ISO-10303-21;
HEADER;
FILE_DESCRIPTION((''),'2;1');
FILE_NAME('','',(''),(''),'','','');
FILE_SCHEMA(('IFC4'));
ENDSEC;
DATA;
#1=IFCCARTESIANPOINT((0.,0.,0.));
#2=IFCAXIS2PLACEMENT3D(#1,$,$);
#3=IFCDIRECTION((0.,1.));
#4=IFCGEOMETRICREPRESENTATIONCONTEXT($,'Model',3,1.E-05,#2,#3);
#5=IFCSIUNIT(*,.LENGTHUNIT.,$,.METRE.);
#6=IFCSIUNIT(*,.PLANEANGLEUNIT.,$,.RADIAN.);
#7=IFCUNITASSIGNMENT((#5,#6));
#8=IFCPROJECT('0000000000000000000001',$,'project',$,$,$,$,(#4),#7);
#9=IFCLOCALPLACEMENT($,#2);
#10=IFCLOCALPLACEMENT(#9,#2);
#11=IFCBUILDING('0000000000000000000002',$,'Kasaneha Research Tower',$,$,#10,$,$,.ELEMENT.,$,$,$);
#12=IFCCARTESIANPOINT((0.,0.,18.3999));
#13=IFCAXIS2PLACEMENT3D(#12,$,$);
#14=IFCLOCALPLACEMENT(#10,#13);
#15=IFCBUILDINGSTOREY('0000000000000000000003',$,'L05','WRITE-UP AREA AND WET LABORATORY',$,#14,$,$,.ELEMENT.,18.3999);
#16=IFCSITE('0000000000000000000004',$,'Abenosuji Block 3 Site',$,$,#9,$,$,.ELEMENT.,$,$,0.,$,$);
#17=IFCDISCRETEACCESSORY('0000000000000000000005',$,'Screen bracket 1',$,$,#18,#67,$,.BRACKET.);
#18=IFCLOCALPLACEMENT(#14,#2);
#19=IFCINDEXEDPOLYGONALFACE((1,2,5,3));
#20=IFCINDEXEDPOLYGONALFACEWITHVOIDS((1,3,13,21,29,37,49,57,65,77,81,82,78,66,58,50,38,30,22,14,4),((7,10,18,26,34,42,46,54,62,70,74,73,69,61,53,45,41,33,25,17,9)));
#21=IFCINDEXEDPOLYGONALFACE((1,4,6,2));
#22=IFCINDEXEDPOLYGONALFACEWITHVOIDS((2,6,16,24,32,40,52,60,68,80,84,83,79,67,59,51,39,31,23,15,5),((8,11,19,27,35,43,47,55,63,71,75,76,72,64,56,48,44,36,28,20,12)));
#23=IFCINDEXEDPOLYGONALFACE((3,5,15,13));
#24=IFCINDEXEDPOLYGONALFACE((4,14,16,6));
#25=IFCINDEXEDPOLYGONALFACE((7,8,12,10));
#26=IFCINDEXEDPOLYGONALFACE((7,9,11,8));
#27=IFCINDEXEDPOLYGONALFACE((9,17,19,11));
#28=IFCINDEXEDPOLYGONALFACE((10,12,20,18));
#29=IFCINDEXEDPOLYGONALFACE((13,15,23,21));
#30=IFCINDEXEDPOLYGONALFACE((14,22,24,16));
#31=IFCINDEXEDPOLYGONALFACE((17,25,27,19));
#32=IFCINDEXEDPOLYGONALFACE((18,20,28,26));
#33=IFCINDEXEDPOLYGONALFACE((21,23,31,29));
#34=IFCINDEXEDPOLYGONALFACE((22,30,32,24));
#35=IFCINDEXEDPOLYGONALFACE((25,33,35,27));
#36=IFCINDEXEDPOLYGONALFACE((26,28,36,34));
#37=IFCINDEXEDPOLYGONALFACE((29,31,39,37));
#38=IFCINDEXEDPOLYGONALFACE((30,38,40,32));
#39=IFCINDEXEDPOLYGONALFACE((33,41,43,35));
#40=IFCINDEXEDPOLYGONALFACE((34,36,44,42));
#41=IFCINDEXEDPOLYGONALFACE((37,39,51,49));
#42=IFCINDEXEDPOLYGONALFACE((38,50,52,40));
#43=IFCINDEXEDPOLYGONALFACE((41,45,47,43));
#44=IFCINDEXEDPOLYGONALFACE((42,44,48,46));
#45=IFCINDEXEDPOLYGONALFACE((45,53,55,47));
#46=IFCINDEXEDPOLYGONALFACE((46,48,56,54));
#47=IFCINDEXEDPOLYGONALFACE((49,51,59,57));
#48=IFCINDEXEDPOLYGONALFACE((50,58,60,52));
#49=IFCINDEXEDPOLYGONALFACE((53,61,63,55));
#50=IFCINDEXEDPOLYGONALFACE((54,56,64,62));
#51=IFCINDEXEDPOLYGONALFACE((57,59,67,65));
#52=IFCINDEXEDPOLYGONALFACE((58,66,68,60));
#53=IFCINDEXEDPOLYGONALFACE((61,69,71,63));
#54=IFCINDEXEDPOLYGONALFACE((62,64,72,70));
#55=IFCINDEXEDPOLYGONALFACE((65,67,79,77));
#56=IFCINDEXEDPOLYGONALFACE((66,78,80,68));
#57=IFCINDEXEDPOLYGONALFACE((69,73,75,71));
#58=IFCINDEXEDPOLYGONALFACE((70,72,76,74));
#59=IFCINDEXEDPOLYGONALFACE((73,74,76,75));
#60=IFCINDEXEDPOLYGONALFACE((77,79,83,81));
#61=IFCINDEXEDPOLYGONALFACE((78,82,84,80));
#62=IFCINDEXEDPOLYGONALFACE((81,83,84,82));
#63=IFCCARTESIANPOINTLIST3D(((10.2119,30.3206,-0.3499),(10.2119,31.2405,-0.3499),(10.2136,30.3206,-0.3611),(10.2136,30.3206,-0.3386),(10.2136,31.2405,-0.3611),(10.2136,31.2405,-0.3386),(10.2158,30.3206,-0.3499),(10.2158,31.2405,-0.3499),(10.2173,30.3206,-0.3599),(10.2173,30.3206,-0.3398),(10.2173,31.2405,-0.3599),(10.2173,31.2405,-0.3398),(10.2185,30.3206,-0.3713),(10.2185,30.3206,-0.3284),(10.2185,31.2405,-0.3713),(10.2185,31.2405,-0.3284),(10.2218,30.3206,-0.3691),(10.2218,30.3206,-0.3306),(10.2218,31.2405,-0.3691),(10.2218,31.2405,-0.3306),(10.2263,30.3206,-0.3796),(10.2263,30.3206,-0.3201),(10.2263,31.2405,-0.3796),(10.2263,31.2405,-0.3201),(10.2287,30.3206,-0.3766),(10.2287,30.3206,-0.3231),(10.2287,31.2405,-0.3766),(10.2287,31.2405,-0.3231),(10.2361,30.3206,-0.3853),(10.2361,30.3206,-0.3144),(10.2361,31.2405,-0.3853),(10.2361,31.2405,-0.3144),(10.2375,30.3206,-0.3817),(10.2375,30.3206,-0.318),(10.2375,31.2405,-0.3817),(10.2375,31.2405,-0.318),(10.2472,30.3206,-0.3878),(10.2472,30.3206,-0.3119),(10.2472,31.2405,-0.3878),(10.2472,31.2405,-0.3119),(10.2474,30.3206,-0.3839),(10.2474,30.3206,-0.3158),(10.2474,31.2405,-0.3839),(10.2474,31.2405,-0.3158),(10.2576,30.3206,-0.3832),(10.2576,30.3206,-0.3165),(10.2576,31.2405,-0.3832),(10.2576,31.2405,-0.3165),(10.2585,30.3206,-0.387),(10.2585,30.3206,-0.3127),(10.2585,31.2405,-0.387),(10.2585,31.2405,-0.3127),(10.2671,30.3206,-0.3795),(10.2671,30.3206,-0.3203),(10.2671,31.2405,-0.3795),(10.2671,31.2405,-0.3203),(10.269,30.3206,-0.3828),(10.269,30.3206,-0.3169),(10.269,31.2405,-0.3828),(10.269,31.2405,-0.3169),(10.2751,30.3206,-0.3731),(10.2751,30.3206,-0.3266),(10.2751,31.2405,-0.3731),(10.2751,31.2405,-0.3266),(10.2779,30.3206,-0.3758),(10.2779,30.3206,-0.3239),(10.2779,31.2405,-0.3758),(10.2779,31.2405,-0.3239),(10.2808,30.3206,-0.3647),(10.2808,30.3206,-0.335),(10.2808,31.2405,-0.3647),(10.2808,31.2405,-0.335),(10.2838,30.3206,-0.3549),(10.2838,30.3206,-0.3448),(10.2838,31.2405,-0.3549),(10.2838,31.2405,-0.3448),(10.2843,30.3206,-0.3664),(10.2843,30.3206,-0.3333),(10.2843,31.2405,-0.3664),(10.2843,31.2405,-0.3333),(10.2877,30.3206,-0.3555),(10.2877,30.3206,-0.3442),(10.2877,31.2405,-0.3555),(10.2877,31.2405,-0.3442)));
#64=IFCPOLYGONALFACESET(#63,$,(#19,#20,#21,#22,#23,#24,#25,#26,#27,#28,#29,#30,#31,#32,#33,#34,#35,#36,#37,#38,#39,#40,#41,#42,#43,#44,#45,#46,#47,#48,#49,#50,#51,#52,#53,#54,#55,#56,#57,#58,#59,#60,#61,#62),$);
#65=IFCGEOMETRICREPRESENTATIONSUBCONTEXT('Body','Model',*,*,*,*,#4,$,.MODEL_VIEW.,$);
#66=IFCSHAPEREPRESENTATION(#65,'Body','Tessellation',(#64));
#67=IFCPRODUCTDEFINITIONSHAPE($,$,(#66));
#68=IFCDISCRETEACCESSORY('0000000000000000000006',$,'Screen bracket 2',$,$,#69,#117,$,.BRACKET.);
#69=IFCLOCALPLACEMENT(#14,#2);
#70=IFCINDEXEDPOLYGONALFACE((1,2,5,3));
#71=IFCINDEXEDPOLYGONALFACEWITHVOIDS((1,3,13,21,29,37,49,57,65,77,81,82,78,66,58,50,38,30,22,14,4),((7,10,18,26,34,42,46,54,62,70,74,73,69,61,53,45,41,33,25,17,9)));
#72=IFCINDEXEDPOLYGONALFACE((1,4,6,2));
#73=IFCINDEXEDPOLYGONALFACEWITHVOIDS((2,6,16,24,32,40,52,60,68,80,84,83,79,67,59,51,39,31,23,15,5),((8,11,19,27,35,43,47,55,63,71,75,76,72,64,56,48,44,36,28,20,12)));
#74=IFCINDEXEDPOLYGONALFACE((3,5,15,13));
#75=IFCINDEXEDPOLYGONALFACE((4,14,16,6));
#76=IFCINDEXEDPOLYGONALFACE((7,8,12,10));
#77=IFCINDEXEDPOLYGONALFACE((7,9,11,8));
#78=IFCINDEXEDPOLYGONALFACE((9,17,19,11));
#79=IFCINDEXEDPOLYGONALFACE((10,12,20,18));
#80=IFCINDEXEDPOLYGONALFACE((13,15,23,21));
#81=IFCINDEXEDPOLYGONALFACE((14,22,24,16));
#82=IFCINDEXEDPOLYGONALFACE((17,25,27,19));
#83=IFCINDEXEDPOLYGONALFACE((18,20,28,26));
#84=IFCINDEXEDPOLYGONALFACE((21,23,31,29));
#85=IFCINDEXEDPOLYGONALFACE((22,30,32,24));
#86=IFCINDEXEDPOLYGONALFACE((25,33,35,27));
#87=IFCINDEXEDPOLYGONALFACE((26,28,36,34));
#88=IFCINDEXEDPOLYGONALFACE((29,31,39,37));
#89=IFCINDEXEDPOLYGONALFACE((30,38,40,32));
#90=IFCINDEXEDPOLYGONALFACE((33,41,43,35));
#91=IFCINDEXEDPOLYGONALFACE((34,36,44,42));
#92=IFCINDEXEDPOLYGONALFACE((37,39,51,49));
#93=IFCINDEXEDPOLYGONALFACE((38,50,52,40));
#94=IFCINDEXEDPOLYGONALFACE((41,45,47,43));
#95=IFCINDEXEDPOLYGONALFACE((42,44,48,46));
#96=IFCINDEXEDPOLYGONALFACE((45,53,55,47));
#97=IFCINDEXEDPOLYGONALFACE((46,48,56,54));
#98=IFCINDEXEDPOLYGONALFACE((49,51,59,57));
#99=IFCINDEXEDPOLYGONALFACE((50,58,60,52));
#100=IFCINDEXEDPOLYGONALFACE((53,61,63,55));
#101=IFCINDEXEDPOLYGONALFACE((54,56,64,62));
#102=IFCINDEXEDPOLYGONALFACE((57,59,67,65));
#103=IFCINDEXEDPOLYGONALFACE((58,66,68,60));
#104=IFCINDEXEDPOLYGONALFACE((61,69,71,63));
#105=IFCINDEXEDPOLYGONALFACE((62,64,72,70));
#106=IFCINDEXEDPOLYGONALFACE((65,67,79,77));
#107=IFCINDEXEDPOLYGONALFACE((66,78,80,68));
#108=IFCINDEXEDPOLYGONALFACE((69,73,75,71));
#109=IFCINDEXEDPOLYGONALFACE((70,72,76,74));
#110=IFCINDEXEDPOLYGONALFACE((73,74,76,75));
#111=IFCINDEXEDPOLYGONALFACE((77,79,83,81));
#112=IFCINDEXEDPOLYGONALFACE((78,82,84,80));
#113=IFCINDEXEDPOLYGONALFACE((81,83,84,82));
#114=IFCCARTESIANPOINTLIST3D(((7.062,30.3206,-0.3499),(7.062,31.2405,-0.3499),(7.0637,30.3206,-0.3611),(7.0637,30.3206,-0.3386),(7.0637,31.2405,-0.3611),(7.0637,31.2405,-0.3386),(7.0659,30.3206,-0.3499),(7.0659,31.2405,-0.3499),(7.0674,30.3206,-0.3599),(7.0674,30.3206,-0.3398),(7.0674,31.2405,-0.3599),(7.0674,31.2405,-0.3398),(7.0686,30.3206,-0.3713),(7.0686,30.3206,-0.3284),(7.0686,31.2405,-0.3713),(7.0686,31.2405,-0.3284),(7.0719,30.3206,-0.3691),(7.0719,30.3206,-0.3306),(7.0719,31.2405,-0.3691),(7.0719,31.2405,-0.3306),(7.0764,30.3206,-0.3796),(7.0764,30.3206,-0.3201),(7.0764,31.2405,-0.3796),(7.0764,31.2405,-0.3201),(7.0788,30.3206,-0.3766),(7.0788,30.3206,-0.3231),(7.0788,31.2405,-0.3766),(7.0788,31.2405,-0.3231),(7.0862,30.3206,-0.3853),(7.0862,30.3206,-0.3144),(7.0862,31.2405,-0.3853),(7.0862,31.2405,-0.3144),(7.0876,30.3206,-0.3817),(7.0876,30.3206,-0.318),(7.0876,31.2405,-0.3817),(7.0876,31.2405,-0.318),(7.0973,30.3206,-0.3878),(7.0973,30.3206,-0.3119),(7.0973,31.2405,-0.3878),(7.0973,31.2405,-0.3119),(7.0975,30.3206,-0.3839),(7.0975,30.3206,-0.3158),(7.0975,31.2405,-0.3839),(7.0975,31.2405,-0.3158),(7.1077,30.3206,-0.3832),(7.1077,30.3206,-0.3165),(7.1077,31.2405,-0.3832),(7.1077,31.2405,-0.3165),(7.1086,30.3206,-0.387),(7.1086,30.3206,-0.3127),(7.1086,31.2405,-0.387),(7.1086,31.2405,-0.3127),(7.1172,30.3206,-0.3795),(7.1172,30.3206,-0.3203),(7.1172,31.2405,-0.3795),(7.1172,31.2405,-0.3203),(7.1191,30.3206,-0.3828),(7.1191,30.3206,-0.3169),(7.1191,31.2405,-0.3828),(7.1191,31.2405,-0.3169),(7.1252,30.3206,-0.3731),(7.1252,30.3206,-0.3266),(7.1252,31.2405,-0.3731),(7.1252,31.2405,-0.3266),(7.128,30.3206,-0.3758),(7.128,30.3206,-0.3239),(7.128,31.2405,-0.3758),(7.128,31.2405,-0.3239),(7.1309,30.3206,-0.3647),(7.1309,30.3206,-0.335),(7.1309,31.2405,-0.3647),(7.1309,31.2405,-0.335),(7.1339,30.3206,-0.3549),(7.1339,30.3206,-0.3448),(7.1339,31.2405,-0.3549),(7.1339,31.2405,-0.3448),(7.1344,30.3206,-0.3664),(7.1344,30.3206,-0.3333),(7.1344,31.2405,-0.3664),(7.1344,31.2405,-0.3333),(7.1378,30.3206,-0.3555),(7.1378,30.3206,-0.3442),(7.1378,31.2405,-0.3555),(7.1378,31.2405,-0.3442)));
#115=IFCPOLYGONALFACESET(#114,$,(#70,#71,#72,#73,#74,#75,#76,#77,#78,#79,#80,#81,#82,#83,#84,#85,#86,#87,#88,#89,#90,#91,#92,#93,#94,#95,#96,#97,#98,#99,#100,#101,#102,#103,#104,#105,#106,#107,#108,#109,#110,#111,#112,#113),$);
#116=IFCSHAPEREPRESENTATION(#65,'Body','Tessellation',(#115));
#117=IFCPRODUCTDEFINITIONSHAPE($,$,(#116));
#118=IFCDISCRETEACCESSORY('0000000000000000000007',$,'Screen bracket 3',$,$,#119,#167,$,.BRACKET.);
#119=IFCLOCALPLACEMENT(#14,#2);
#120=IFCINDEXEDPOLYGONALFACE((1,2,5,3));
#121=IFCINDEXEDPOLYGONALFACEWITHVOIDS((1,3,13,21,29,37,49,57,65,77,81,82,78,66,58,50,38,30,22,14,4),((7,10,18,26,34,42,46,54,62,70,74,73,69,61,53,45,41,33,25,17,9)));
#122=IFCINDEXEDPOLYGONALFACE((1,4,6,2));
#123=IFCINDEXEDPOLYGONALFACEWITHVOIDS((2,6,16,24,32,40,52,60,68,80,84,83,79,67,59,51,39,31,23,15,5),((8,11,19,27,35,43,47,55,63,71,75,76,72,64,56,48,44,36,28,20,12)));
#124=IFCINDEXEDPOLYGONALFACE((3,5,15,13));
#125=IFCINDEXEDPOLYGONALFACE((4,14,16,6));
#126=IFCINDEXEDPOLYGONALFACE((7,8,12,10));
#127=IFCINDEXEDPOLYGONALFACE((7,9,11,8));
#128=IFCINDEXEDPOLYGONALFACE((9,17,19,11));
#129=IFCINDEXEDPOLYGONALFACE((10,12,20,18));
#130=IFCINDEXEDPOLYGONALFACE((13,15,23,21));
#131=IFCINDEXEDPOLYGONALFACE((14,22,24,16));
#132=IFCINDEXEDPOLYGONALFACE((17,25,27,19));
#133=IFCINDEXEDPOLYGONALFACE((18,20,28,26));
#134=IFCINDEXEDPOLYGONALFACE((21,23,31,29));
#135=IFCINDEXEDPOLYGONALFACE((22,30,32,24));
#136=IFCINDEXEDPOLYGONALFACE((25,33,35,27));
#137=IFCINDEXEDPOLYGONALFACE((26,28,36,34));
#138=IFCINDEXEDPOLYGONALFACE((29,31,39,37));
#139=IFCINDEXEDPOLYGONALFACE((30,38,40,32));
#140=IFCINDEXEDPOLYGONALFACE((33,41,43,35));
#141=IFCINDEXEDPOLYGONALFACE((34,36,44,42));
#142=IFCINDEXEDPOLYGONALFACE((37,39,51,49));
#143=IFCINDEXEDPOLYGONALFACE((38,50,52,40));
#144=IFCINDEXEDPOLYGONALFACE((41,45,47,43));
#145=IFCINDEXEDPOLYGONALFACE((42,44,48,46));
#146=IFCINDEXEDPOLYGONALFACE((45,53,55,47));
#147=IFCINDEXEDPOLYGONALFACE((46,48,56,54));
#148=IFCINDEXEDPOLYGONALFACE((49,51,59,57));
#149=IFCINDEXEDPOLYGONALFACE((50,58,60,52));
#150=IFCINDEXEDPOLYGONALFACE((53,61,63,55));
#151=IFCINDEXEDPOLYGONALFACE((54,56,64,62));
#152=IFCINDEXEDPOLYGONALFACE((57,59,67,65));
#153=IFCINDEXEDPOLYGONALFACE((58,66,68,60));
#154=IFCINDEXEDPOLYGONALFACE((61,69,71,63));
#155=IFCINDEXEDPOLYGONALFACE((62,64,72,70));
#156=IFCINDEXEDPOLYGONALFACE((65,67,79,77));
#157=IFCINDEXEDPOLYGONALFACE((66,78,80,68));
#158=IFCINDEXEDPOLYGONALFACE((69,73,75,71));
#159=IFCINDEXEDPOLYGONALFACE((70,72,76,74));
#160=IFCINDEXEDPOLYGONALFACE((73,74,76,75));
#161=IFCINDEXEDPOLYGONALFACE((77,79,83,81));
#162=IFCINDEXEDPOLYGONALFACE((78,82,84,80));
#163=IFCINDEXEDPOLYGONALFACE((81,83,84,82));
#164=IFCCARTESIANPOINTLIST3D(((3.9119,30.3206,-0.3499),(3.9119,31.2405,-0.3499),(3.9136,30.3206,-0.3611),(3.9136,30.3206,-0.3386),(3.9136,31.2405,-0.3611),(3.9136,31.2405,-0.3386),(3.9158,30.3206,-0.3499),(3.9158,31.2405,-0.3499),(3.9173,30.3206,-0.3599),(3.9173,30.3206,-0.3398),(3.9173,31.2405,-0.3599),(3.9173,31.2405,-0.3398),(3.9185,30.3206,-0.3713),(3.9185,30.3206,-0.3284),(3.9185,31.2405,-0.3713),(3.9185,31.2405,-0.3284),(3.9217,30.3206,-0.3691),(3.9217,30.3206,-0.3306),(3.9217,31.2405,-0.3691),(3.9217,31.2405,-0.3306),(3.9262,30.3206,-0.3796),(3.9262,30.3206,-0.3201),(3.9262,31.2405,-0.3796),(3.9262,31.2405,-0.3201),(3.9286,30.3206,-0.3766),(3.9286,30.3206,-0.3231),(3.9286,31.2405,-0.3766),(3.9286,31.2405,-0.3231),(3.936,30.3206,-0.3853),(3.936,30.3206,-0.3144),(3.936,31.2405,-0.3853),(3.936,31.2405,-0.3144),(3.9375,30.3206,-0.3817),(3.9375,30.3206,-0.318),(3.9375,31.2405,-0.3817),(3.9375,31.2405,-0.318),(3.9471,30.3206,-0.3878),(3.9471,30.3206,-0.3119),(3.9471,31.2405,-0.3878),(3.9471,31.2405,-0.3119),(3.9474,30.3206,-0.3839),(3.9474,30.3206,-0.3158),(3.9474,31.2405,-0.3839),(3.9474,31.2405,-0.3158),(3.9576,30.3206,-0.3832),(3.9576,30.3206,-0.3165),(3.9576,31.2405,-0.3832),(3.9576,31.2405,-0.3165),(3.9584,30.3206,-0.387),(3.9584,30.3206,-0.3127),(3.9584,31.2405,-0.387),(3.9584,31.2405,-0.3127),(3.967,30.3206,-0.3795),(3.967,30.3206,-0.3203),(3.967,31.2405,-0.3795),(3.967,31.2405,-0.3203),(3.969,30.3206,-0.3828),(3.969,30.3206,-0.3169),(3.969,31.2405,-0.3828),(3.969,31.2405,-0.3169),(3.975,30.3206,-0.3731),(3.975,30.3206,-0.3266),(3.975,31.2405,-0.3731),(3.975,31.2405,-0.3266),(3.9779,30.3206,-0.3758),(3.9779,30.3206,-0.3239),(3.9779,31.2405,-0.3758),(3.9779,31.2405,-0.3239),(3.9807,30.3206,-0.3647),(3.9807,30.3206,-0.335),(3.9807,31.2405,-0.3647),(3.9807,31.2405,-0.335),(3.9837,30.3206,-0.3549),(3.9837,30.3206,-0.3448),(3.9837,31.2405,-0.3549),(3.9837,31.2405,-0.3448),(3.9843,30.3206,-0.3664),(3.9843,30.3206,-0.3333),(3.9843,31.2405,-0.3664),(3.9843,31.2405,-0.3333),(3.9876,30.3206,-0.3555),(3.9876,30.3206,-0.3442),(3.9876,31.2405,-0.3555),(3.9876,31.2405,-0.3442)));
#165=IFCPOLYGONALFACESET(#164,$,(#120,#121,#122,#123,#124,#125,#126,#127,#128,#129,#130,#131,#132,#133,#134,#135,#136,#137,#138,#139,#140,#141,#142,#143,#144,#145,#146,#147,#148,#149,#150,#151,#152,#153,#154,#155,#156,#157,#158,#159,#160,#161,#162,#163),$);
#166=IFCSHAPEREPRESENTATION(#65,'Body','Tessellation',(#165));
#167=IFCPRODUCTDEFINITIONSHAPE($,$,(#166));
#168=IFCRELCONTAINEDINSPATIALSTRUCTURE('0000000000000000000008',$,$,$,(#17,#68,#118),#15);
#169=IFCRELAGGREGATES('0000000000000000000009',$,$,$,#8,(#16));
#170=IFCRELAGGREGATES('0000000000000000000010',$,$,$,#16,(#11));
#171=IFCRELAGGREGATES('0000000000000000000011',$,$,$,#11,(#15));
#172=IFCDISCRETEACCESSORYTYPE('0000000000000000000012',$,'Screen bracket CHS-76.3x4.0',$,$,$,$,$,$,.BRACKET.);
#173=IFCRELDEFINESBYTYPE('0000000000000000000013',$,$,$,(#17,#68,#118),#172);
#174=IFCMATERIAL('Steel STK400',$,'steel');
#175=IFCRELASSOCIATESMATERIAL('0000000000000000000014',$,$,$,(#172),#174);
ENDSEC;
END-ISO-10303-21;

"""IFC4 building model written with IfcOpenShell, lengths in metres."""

from ifc_helpers import new_model, si_unit, direction, frame, origin, origin_2d, place, context, subcontext, project, spatial, hollow_circle, extrude, material, material_profile, profile_set, type_object, element, save


model = new_model("IFC4")

# Units and contexts
model_context = context("Model", 3, precision=1e-05, world=origin(), true_north=direction((0.0, 1.0)))
body_context = subcontext(model_context, "Body", "Model", "MODEL_VIEW")
ifc_project = project(units=[si_unit("LENGTHUNIT", "METRE"), si_unit("PLANEANGLEUNIT", "RADIAN")], contexts=[model_context])

# Site, building, storey
site_placement = place(None, origin())
site = spatial("IfcSite", under=ifc_project, at=site_placement, Name="Abenosuji Block 3 Site", CompositionType="ELEMENT", RefElevation=0.0)
building_placement = place(site_placement, origin())
building = spatial("IfcBuilding", under=site, at=building_placement, Name="Kasaneha Research Tower", CompositionType="ELEMENT")
storey_placement = place(building_placement, frame((0.0, 0.0, 18.3999)))
storey = spatial("IfcBuildingStorey", under=building, at=storey_placement, Name="L05", Description="WRITE-UP AREA AND WET LABORATORY", CompositionType="ELEMENT", Elevation=18.3999)

# Discrete accessories
ifc_material_1 = material(Name="Steel STK400", Category="steel")
ifc_material_profile_1 = material_profile(ifc_material_1, hollow_circle(Radius=0.0381, WallThickness=0.0039, at=origin_2d()), Name="CHS-76.3x4.0")
ifc_profile_set_1 = profile_set([ifc_material_profile_1], Name="Steel STK400")
discrete_accessory_type = type_object("IfcDiscreteAccessoryType", Name="Screen bracket CHS-76.3x4.0", PredefinedType="BRACKET", material=ifc_profile_set_1)
for number, where, z_axis, x_axis, name in (
    (1, (10.25, 30.3206, -0.3499), (0.0, 1.0, 0.0), (-1.0, 0.0, 0.0), "Screen bracket 1"),
    (2, (7.1001, 30.3206, -0.3499), (0.0, 1.0, 0.0), (-1.0, 0.0, 0.0), "Screen bracket 2"),
    (3, (3.95, 30.3206, -0.3499), (0.0, 1.0, 0.0), (-1.0, 0.0, 0.0), "Screen bracket 3"),
):
    element("IfcDiscreteAccessory", number, at=place(storey_placement, frame(where, z_axis=z_axis, x_axis=x_axis)), inside=storey, type_object=discrete_accessory_type, Name=name, PredefinedType="BRACKET", context=body_context, shape_type="SweptSolid", body=[
        extrude(hollow_circle(Radius=0.0381, WallThickness=0.0039, at=origin_2d()), origin(), (0.0, 0.0, 1.0), 0.9199),
    ])

save(model, "model.ifc")
